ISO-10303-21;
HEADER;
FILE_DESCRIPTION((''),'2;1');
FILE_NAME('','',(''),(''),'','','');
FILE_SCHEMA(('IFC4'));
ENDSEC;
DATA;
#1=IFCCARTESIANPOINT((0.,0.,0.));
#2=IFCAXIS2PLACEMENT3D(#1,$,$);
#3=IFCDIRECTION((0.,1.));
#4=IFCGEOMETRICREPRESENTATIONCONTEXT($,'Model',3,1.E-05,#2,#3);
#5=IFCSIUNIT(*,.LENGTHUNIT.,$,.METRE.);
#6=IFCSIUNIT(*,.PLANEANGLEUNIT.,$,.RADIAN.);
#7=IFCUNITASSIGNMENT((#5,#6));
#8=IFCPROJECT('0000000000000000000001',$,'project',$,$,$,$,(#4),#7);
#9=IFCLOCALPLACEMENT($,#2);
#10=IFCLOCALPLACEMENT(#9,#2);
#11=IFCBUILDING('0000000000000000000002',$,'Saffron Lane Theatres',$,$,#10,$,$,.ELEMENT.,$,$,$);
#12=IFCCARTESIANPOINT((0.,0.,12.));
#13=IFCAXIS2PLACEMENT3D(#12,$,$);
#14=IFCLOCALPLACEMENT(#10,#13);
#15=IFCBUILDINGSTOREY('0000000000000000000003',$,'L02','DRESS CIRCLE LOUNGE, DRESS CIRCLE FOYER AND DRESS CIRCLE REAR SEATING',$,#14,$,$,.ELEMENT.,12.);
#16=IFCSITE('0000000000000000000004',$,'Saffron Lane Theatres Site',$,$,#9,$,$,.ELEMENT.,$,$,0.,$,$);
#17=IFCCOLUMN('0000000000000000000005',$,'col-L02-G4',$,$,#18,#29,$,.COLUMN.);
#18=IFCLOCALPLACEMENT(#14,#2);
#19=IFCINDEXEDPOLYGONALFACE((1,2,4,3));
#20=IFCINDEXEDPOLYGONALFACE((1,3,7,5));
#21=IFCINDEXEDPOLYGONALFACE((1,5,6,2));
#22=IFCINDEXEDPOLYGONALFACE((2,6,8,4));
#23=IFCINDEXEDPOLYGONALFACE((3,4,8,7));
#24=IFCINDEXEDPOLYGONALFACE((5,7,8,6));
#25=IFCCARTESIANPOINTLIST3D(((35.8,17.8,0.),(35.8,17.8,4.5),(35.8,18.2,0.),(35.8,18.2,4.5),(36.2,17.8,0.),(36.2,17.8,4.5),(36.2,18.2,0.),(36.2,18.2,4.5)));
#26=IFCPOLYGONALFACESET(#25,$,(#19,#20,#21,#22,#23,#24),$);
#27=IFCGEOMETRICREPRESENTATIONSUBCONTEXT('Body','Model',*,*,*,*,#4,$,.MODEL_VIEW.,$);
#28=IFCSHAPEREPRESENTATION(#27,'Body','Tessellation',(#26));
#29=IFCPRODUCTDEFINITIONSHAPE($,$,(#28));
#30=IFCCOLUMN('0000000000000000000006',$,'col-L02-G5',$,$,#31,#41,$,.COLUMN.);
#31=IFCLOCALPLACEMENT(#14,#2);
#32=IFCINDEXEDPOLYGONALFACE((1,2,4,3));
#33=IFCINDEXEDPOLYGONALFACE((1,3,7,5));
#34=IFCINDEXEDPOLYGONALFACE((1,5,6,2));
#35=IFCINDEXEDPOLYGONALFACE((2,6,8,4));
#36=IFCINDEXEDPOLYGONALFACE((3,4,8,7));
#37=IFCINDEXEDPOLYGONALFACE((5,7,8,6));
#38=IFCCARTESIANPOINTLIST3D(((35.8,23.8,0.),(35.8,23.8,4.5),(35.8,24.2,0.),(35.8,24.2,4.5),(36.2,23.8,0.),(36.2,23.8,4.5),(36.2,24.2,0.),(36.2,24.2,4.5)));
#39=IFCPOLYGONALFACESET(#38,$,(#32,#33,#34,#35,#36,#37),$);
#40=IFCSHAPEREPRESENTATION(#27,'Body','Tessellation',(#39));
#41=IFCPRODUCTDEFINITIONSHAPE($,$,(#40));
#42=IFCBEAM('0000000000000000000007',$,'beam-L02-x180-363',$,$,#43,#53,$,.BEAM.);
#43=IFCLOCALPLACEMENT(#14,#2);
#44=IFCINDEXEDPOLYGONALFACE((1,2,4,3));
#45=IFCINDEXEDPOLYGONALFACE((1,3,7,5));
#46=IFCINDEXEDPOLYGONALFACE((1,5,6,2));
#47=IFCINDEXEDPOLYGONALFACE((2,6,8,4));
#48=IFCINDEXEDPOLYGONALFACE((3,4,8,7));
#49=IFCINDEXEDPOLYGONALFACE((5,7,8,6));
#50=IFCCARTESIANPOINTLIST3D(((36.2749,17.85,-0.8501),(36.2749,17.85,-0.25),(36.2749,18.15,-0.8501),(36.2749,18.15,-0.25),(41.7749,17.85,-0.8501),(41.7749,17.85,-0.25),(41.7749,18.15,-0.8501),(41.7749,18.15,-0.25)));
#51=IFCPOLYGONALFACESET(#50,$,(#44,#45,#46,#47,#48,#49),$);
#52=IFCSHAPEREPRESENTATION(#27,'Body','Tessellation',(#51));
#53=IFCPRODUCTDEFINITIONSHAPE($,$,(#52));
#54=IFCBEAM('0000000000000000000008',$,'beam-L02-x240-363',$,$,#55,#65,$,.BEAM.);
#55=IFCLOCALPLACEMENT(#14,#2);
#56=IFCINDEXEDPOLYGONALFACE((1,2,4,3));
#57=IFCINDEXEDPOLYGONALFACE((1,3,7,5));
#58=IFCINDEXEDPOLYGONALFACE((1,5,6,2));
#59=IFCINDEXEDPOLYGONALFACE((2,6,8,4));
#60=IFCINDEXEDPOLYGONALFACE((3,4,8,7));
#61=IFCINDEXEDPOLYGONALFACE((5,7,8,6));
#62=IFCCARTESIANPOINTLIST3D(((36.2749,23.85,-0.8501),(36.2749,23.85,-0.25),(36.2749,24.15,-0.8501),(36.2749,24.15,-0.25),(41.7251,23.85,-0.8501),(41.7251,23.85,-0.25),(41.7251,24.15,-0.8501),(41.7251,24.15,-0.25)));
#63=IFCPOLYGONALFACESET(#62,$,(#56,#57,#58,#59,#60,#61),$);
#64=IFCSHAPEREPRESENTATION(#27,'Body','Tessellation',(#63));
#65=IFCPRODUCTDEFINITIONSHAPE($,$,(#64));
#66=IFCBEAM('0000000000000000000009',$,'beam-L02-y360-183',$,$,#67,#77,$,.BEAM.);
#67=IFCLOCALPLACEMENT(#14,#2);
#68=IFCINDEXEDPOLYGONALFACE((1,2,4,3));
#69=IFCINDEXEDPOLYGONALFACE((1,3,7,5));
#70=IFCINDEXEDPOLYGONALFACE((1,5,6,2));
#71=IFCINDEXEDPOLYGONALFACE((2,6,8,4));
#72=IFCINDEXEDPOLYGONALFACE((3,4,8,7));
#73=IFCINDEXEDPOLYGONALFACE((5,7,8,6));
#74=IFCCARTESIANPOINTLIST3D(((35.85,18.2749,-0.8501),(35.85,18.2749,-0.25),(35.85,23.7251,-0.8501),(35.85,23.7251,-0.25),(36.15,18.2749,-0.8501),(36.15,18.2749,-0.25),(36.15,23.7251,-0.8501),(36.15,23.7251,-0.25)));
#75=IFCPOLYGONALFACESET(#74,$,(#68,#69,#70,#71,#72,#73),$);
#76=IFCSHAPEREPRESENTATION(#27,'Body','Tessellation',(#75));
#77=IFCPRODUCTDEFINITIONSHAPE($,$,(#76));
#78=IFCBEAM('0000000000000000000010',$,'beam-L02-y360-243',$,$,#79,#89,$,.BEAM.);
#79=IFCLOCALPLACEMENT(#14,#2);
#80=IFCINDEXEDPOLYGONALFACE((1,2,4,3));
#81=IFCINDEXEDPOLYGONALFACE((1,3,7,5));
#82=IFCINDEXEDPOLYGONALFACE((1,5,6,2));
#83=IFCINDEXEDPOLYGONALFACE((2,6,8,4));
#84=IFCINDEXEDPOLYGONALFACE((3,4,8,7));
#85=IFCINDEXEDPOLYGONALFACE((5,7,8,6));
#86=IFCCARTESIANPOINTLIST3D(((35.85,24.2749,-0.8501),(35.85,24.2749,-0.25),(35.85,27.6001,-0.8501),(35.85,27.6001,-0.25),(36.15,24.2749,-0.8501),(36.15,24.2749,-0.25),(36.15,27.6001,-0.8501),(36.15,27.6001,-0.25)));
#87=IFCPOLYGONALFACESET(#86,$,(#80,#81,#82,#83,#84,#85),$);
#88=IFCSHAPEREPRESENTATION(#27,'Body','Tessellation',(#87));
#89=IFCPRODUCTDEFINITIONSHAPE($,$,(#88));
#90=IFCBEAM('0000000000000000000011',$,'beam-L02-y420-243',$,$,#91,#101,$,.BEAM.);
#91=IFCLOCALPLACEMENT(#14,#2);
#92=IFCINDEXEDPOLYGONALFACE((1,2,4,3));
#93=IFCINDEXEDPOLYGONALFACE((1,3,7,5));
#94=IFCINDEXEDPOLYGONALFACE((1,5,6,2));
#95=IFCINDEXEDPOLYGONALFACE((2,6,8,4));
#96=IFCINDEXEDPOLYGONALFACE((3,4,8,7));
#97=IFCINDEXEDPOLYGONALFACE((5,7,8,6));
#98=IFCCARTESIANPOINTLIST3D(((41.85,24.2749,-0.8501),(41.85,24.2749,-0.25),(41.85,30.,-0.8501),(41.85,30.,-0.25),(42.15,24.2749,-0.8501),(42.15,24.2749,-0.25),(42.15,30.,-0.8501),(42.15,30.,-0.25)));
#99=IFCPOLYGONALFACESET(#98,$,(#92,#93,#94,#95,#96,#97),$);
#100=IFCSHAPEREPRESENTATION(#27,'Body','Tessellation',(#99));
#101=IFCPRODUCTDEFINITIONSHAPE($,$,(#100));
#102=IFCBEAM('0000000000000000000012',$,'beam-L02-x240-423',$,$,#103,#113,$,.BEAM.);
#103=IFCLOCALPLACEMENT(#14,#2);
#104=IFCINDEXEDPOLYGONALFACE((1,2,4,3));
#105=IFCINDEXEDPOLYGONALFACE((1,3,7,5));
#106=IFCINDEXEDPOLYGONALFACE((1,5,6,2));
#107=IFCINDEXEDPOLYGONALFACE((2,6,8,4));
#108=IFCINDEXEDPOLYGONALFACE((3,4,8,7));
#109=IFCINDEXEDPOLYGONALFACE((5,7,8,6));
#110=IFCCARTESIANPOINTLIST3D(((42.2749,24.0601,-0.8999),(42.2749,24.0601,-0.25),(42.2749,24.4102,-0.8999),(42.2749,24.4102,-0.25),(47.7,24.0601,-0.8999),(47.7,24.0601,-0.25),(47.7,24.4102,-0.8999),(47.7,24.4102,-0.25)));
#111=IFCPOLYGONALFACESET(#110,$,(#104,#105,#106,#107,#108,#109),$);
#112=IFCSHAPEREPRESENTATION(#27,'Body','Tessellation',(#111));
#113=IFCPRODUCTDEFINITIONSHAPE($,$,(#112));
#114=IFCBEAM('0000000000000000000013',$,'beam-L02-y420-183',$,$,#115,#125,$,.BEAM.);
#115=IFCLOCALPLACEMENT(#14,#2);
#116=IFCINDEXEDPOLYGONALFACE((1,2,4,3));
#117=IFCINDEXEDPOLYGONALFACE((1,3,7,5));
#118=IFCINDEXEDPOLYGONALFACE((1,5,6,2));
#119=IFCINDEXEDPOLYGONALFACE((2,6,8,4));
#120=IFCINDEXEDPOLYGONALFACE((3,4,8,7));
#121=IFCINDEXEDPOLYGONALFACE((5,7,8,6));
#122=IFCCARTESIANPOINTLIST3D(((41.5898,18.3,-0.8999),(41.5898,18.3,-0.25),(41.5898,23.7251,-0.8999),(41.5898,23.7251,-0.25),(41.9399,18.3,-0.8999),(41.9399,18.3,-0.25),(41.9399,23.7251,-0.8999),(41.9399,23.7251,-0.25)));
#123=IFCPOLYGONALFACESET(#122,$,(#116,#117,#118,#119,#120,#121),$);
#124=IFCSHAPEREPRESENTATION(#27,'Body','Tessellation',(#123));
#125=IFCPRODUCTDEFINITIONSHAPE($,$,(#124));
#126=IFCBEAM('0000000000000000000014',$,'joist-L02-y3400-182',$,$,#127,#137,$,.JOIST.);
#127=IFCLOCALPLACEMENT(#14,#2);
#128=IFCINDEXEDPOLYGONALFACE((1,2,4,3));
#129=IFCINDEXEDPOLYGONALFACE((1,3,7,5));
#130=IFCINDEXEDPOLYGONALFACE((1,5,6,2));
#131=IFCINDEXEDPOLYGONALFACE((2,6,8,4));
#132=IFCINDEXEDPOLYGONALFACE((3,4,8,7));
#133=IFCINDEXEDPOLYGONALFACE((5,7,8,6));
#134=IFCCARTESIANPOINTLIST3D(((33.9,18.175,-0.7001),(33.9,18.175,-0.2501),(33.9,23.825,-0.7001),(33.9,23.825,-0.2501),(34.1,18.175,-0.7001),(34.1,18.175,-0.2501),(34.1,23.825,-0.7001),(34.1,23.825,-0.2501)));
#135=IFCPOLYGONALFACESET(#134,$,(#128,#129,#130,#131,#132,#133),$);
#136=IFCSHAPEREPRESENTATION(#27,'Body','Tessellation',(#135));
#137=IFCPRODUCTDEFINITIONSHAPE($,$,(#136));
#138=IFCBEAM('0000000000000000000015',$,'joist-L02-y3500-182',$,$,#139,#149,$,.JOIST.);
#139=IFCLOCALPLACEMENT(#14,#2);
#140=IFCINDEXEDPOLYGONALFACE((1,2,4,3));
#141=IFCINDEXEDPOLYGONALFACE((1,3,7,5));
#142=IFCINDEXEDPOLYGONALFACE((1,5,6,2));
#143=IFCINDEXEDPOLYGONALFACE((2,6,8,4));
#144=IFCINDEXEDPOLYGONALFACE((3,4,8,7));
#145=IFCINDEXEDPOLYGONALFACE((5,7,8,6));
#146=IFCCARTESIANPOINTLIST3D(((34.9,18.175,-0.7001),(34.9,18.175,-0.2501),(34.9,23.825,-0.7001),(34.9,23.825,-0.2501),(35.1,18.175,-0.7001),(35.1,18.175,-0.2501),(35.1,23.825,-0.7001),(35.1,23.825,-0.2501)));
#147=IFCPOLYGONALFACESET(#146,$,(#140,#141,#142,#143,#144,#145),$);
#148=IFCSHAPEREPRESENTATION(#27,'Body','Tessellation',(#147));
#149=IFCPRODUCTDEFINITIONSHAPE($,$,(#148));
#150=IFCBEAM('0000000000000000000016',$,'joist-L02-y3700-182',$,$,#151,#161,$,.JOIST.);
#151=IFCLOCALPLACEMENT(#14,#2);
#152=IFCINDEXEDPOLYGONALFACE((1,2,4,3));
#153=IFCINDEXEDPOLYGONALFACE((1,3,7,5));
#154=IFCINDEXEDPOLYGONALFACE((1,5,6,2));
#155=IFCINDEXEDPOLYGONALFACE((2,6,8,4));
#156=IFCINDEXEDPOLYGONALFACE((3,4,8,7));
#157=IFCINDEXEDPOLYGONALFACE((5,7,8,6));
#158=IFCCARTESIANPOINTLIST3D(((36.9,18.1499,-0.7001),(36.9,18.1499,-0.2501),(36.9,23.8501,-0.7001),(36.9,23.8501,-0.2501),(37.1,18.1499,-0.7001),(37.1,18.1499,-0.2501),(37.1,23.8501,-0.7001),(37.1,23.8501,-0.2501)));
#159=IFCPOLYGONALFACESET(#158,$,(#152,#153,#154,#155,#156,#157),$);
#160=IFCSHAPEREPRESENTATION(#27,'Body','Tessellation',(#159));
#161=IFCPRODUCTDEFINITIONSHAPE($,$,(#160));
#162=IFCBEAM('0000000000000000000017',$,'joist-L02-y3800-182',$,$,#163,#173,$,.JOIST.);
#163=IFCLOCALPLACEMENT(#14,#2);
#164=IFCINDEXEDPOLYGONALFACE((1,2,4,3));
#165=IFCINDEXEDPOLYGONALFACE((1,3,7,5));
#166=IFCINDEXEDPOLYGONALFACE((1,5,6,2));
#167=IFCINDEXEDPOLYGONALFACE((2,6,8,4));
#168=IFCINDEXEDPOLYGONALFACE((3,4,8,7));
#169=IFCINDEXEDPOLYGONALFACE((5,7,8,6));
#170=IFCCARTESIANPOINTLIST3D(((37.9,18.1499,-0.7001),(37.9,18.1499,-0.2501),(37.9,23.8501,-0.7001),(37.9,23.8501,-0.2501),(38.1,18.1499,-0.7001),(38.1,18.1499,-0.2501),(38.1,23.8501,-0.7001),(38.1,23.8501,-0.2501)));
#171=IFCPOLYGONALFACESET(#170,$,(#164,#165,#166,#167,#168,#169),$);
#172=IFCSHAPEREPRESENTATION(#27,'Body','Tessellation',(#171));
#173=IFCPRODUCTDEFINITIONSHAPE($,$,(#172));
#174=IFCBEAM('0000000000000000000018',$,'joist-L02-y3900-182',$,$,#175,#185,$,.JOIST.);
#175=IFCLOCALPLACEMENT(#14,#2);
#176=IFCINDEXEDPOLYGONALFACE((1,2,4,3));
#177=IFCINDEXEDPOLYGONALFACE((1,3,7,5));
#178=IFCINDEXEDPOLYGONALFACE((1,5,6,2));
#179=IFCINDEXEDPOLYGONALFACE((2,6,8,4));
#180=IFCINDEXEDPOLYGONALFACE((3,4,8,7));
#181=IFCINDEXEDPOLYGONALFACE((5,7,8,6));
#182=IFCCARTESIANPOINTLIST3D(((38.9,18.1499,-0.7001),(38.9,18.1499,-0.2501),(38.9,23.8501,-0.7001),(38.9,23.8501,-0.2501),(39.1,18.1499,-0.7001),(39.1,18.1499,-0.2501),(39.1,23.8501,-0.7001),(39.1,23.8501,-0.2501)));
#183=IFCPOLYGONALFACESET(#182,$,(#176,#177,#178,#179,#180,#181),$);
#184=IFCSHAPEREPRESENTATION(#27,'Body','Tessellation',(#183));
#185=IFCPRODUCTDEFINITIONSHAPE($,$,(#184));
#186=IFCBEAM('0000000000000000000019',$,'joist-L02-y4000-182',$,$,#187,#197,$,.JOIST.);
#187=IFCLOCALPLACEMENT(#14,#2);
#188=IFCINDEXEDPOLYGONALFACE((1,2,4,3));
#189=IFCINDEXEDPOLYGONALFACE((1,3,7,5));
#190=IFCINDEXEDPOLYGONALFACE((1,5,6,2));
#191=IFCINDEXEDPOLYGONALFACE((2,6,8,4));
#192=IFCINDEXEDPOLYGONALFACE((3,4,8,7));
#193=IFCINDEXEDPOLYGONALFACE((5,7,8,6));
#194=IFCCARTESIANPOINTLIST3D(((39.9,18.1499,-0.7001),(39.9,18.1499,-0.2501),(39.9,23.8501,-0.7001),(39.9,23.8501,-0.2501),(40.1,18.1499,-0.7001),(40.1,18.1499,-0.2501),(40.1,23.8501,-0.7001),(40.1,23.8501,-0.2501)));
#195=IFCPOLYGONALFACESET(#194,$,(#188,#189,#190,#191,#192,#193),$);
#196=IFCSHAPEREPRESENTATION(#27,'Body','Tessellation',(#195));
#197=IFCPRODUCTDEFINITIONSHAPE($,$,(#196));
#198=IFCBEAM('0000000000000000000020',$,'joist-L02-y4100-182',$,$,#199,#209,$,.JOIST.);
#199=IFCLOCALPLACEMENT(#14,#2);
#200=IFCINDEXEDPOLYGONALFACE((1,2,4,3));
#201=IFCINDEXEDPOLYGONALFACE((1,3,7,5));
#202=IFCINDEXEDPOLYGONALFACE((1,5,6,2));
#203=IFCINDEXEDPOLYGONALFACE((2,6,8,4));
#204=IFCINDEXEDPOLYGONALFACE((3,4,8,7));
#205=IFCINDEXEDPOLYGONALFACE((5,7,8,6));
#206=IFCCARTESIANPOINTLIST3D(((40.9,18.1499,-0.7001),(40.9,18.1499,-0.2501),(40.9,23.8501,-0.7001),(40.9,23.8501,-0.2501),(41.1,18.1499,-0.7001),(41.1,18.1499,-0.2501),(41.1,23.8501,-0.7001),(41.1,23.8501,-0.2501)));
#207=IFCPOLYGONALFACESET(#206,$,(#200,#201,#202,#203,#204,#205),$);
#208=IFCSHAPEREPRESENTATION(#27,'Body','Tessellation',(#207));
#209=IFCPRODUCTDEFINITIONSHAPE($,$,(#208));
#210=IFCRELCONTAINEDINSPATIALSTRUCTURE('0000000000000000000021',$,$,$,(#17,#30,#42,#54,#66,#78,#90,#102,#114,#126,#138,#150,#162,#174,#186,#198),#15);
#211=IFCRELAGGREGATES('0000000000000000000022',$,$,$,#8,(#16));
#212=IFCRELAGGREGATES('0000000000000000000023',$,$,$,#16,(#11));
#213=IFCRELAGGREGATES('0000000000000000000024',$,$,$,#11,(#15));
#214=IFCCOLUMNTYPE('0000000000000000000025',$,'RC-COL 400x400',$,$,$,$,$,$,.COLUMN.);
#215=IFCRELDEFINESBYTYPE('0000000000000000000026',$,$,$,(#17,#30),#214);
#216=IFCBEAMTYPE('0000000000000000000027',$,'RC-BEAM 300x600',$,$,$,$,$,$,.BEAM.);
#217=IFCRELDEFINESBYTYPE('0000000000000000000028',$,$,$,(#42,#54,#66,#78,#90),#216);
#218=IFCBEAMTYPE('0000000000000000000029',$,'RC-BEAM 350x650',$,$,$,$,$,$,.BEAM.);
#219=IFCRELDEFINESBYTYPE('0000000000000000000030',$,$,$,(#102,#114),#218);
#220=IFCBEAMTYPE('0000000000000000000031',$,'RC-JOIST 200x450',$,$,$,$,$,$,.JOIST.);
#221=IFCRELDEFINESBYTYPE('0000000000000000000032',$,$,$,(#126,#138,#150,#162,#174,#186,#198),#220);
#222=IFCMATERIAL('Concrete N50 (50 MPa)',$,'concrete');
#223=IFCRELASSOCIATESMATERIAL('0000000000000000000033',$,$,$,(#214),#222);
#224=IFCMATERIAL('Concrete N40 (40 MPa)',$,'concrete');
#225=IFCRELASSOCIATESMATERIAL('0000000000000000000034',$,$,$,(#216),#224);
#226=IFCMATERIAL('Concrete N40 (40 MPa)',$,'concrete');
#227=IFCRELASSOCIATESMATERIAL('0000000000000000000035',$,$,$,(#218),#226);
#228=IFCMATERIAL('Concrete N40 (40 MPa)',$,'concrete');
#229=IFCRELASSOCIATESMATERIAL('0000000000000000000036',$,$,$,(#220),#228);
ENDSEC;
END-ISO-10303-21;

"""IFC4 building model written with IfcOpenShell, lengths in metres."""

from ifc_helpers import new_model, si_unit, direction, frame, origin, origin_2d, place, context, subcontext, project, spatial, rectangle, extrude, material, material_profile, profile_set, type_object, element, save


model = new_model("IFC4")

# Units and contexts
model_context = context("Model", 3, precision=1e-05, world=origin(), true_north=direction((0.0, 1.0)))
body_context = subcontext(model_context, "Body", "Model", "MODEL_VIEW")
ifc_project = project(units=[si_unit("LENGTHUNIT", "METRE"), si_unit("PLANEANGLEUNIT", "RADIAN")], contexts=[model_context])

# Site, building, storey
site_placement = place(None, origin())
site = spatial("IfcSite", under=ifc_project, at=site_placement, Name="Saffron Lane Theatres Site", CompositionType="ELEMENT", RefElevation=0.0)
building_placement = place(site_placement, origin())
building = spatial("IfcBuilding", under=site, at=building_placement, Name="Saffron Lane Theatres", CompositionType="ELEMENT")
storey_placement = place(building_placement, frame((0.0, 0.0, 12.0)))
storey = spatial("IfcBuildingStorey", under=building, at=storey_placement, Name="L02", Description="DRESS CIRCLE LOUNGE, DRESS CIRCLE FOYER AND DRESS CIRCLE REAR SEATING", CompositionType="ELEMENT", Elevation=12.0)

# Columns
ifc_material_1 = material(Name="Concrete N50 (50 MPa)", Category="concrete")
ifc_material_profile_1 = material_profile(ifc_material_1, rectangle(XDim=0.3999, YDim=0.3999, at=origin_2d()))
ifc_profile_set_1 = profile_set([ifc_material_profile_1], Name="Concrete N50 (50 MPa)")
column_type = type_object("IfcColumnType", Name="RC-COL 400x400", PredefinedType="COLUMN", material=ifc_profile_set_1)
for number, where, z_axis, x_axis, name in (
    (1, (36.0, 18.0, 0.0), (0.0, 0.0, 1.0), (1.0, 0.0, 0.0), "col-L02-G4"),
    (2, (36.0, 24.0, 0.0), (0.0, 0.0, 1.0), (1.0, 0.0, 0.0), "col-L02-G5"),
):
    element("IfcColumn", number, at=place(storey_placement, frame(where, z_axis=z_axis, x_axis=x_axis)), inside=storey, type_object=column_type, Name=name, PredefinedType="COLUMN", context=body_context, shape_type="SweptSolid", body=[
        extrude(rectangle(XDim=0.3999, YDim=0.3999, at=origin_2d()), origin(), (0.0, 0.0, 1.0), 4.5),
    ])

# Beams
ifc_material_2 = material(Name="Concrete N40 (40 MPa)", Category="concrete")
ifc_material_profile_2 = material_profile(ifc_material_2, rectangle(XDim=0.3, YDim=0.6001, at=origin_2d()))
ifc_profile_set_2 = profile_set([ifc_material_profile_2], Name="Concrete N40 (40 MPa)")
beam_type_1 = type_object("IfcBeamType", Name="RC-BEAM 300x600", PredefinedType="BEAM", material=ifc_profile_set_2)
beam_1_placement = place(storey_placement, frame((36.2749, 18.0, -0.55), z_axis=(1.0, 0.0, 0.0), x_axis=(0.0, 1.0, 0.0)))
element("IfcBeam", 3, at=beam_1_placement, inside=storey, type_object=beam_type_1, Name="beam-L02-x180-363", PredefinedType="BEAM", context=body_context, shape_type="SweptSolid", body=[
    extrude(rectangle(XDim=0.3, YDim=0.6001, at=origin_2d()), origin(), (0.0, 0.0, 1.0), 5.5),
])
for number, where, z_axis, x_axis, name in (
    (4, (36.2749, 24.0, -0.55), (1.0, 0.0, 0.0), (0.0, 1.0, 0.0), "beam-L02-x240-363"),
    (5, (36.0, 18.2749, -0.55), (0.0, 1.0, 0.0), (-1.0, 0.0, 0.0), "beam-L02-y360-183"),
):
    element("IfcBeam", number, at=place(storey_placement, frame(where, z_axis=z_axis, x_axis=x_axis)), inside=storey, type_object=beam_type_1, Name=name, PredefinedType="BEAM", context=body_context, shape_type="SweptSolid", body=[
        extrude(rectangle(XDim=0.3, YDim=0.6001, at=origin_2d()), origin(), (0.0, 0.0, 1.0), 5.4502),
    ])
beam_2_placement = place(storey_placement, frame((36.0, 24.2749, -0.55), z_axis=(0.0, 1.0, 0.0), x_axis=(-1.0, 0.0, 0.0)))
element("IfcBeam", 6, at=beam_2_placement, inside=storey, type_object=beam_type_1, Name="beam-L02-y360-243", PredefinedType="BEAM", context=body_context, shape_type="SweptSolid", body=[
    extrude(rectangle(XDim=0.3, YDim=0.6001, at=origin_2d()), origin(), (0.0, 0.0, 1.0), 3.3252),
])
beam_3_placement = place(storey_placement, frame((42.0, 24.2749, -0.55), z_axis=(0.0, 1.0, 0.0), x_axis=(-1.0, 0.0, 0.0)))
element("IfcBeam", 7, at=beam_3_placement, inside=storey, type_object=beam_type_1, Name="beam-L02-y420-243", PredefinedType="BEAM", context=body_context, shape_type="SweptSolid", body=[
    extrude(rectangle(XDim=0.3, YDim=0.6001, at=origin_2d()), origin(), (0.0, 0.0, 1.0), 5.7251),
])
ifc_material_3 = material(Name="Concrete N40 (40 MPa)", Category="concrete")
ifc_material_profile_3 = material_profile(ifc_material_3, rectangle(XDim=0.3501, YDim=0.6499, at=origin_2d()))
ifc_profile_set_3 = profile_set([ifc_material_profile_3], Name="Concrete N40 (40 MPa)")
beam_type_2 = type_object("IfcBeamType", Name="RC-BEAM 350x650", PredefinedType="BEAM", material=ifc_profile_set_3)
for number, where, z_axis, x_axis, name in (
    (8, (42.2749, 24.2351, -0.575), (1.0, 0.0, 0.0), (0.0, 1.0, 0.0), "beam-L02-x240-423"),
    (9, (41.7649, 18.3, -0.575), (0.0, 1.0, 0.0), (-1.0, 0.0, 0.0), "beam-L02-y420-183"),
):
    element("IfcBeam", number, at=place(storey_placement, frame(where, z_axis=z_axis, x_axis=x_axis)), inside=storey, type_object=beam_type_2, Name=name, PredefinedType="BEAM", context=body_context, shape_type="SweptSolid", body=[
        extrude(rectangle(XDim=0.3501, YDim=0.6499, at=origin_2d()), origin(), (0.0, 0.0, 1.0), 5.425),
    ])
ifc_material_4 = material(Name="Concrete N40 (40 MPa)", Category="concrete")
ifc_material_profile_4 = material_profile(ifc_material_4, rectangle(XDim=0.2, YDim=0.45, at=origin_2d()))
ifc_profile_set_4 = profile_set([ifc_material_profile_4], Name="Concrete N40 (40 MPa)")
beam_type_3 = type_object("IfcBeamType", Name="RC-JOIST 200x450", PredefinedType="JOIST", material=ifc_profile_set_4)
for number, where, z_axis, x_axis, name in (
    (10, (34.0, 18.175, -0.4751), (0.0, 1.0, 0.0), (-1.0, 0.0, 0.0), "joist-L02-y3400-182"),
    (11, (35.0, 18.175, -0.4751), (0.0, 1.0, 0.0), (-1.0, 0.0, 0.0), "joist-L02-y3500-182"),
):
    element("IfcBeam", number, at=place(storey_placement, frame(where, z_axis=z_axis, x_axis=x_axis)), inside=storey, type_object=beam_type_3, Name=name, PredefinedType="JOIST", context=body_context, shape_type="SweptSolid", body=[
        extrude(rectangle(XDim=0.2, YDim=0.45, at=origin_2d()), origin(), (0.0, 0.0, 1.0), 5.6499),
    ])
for number, where, z_axis, x_axis, name in (
    (12, (37.0, 18.1499, -0.4751), (0.0, 1.0, 0.0), (-1.0, 0.0, 0.0), "joist-L02-y3700-182"),
    (13, (38.0, 18.1499, -0.4751), (0.0, 1.0, 0.0), (-1.0, 0.0, 0.0), "joist-L02-y3800-182"),
    (14, (39.0, 18.1499, -0.4751), (0.0, 1.0, 0.0), (-1.0, 0.0, 0.0), "joist-L02-y3900-182"),
    (15, (40.0, 18.1499, -0.4751), (0.0, 1.0, 0.0), (-1.0, 0.0, 0.0), "joist-L02-y4000-182"),
    (16, (41.0, 18.1499, -0.4751), (0.0, 1.0, 0.0), (-1.0, 0.0, 0.0), "joist-L02-y4100-182"),
):
    element("IfcBeam", number, at=place(storey_placement, frame(where, z_axis=z_axis, x_axis=x_axis)), inside=storey, type_object=beam_type_3, Name=name, PredefinedType="JOIST", context=body_context, shape_type="SweptSolid", body=[
        extrude(rectangle(XDim=0.2, YDim=0.45, at=origin_2d()), origin(), (0.0, 0.0, 1.0), 5.7002),
    ])

save(model, "model.ifc")
